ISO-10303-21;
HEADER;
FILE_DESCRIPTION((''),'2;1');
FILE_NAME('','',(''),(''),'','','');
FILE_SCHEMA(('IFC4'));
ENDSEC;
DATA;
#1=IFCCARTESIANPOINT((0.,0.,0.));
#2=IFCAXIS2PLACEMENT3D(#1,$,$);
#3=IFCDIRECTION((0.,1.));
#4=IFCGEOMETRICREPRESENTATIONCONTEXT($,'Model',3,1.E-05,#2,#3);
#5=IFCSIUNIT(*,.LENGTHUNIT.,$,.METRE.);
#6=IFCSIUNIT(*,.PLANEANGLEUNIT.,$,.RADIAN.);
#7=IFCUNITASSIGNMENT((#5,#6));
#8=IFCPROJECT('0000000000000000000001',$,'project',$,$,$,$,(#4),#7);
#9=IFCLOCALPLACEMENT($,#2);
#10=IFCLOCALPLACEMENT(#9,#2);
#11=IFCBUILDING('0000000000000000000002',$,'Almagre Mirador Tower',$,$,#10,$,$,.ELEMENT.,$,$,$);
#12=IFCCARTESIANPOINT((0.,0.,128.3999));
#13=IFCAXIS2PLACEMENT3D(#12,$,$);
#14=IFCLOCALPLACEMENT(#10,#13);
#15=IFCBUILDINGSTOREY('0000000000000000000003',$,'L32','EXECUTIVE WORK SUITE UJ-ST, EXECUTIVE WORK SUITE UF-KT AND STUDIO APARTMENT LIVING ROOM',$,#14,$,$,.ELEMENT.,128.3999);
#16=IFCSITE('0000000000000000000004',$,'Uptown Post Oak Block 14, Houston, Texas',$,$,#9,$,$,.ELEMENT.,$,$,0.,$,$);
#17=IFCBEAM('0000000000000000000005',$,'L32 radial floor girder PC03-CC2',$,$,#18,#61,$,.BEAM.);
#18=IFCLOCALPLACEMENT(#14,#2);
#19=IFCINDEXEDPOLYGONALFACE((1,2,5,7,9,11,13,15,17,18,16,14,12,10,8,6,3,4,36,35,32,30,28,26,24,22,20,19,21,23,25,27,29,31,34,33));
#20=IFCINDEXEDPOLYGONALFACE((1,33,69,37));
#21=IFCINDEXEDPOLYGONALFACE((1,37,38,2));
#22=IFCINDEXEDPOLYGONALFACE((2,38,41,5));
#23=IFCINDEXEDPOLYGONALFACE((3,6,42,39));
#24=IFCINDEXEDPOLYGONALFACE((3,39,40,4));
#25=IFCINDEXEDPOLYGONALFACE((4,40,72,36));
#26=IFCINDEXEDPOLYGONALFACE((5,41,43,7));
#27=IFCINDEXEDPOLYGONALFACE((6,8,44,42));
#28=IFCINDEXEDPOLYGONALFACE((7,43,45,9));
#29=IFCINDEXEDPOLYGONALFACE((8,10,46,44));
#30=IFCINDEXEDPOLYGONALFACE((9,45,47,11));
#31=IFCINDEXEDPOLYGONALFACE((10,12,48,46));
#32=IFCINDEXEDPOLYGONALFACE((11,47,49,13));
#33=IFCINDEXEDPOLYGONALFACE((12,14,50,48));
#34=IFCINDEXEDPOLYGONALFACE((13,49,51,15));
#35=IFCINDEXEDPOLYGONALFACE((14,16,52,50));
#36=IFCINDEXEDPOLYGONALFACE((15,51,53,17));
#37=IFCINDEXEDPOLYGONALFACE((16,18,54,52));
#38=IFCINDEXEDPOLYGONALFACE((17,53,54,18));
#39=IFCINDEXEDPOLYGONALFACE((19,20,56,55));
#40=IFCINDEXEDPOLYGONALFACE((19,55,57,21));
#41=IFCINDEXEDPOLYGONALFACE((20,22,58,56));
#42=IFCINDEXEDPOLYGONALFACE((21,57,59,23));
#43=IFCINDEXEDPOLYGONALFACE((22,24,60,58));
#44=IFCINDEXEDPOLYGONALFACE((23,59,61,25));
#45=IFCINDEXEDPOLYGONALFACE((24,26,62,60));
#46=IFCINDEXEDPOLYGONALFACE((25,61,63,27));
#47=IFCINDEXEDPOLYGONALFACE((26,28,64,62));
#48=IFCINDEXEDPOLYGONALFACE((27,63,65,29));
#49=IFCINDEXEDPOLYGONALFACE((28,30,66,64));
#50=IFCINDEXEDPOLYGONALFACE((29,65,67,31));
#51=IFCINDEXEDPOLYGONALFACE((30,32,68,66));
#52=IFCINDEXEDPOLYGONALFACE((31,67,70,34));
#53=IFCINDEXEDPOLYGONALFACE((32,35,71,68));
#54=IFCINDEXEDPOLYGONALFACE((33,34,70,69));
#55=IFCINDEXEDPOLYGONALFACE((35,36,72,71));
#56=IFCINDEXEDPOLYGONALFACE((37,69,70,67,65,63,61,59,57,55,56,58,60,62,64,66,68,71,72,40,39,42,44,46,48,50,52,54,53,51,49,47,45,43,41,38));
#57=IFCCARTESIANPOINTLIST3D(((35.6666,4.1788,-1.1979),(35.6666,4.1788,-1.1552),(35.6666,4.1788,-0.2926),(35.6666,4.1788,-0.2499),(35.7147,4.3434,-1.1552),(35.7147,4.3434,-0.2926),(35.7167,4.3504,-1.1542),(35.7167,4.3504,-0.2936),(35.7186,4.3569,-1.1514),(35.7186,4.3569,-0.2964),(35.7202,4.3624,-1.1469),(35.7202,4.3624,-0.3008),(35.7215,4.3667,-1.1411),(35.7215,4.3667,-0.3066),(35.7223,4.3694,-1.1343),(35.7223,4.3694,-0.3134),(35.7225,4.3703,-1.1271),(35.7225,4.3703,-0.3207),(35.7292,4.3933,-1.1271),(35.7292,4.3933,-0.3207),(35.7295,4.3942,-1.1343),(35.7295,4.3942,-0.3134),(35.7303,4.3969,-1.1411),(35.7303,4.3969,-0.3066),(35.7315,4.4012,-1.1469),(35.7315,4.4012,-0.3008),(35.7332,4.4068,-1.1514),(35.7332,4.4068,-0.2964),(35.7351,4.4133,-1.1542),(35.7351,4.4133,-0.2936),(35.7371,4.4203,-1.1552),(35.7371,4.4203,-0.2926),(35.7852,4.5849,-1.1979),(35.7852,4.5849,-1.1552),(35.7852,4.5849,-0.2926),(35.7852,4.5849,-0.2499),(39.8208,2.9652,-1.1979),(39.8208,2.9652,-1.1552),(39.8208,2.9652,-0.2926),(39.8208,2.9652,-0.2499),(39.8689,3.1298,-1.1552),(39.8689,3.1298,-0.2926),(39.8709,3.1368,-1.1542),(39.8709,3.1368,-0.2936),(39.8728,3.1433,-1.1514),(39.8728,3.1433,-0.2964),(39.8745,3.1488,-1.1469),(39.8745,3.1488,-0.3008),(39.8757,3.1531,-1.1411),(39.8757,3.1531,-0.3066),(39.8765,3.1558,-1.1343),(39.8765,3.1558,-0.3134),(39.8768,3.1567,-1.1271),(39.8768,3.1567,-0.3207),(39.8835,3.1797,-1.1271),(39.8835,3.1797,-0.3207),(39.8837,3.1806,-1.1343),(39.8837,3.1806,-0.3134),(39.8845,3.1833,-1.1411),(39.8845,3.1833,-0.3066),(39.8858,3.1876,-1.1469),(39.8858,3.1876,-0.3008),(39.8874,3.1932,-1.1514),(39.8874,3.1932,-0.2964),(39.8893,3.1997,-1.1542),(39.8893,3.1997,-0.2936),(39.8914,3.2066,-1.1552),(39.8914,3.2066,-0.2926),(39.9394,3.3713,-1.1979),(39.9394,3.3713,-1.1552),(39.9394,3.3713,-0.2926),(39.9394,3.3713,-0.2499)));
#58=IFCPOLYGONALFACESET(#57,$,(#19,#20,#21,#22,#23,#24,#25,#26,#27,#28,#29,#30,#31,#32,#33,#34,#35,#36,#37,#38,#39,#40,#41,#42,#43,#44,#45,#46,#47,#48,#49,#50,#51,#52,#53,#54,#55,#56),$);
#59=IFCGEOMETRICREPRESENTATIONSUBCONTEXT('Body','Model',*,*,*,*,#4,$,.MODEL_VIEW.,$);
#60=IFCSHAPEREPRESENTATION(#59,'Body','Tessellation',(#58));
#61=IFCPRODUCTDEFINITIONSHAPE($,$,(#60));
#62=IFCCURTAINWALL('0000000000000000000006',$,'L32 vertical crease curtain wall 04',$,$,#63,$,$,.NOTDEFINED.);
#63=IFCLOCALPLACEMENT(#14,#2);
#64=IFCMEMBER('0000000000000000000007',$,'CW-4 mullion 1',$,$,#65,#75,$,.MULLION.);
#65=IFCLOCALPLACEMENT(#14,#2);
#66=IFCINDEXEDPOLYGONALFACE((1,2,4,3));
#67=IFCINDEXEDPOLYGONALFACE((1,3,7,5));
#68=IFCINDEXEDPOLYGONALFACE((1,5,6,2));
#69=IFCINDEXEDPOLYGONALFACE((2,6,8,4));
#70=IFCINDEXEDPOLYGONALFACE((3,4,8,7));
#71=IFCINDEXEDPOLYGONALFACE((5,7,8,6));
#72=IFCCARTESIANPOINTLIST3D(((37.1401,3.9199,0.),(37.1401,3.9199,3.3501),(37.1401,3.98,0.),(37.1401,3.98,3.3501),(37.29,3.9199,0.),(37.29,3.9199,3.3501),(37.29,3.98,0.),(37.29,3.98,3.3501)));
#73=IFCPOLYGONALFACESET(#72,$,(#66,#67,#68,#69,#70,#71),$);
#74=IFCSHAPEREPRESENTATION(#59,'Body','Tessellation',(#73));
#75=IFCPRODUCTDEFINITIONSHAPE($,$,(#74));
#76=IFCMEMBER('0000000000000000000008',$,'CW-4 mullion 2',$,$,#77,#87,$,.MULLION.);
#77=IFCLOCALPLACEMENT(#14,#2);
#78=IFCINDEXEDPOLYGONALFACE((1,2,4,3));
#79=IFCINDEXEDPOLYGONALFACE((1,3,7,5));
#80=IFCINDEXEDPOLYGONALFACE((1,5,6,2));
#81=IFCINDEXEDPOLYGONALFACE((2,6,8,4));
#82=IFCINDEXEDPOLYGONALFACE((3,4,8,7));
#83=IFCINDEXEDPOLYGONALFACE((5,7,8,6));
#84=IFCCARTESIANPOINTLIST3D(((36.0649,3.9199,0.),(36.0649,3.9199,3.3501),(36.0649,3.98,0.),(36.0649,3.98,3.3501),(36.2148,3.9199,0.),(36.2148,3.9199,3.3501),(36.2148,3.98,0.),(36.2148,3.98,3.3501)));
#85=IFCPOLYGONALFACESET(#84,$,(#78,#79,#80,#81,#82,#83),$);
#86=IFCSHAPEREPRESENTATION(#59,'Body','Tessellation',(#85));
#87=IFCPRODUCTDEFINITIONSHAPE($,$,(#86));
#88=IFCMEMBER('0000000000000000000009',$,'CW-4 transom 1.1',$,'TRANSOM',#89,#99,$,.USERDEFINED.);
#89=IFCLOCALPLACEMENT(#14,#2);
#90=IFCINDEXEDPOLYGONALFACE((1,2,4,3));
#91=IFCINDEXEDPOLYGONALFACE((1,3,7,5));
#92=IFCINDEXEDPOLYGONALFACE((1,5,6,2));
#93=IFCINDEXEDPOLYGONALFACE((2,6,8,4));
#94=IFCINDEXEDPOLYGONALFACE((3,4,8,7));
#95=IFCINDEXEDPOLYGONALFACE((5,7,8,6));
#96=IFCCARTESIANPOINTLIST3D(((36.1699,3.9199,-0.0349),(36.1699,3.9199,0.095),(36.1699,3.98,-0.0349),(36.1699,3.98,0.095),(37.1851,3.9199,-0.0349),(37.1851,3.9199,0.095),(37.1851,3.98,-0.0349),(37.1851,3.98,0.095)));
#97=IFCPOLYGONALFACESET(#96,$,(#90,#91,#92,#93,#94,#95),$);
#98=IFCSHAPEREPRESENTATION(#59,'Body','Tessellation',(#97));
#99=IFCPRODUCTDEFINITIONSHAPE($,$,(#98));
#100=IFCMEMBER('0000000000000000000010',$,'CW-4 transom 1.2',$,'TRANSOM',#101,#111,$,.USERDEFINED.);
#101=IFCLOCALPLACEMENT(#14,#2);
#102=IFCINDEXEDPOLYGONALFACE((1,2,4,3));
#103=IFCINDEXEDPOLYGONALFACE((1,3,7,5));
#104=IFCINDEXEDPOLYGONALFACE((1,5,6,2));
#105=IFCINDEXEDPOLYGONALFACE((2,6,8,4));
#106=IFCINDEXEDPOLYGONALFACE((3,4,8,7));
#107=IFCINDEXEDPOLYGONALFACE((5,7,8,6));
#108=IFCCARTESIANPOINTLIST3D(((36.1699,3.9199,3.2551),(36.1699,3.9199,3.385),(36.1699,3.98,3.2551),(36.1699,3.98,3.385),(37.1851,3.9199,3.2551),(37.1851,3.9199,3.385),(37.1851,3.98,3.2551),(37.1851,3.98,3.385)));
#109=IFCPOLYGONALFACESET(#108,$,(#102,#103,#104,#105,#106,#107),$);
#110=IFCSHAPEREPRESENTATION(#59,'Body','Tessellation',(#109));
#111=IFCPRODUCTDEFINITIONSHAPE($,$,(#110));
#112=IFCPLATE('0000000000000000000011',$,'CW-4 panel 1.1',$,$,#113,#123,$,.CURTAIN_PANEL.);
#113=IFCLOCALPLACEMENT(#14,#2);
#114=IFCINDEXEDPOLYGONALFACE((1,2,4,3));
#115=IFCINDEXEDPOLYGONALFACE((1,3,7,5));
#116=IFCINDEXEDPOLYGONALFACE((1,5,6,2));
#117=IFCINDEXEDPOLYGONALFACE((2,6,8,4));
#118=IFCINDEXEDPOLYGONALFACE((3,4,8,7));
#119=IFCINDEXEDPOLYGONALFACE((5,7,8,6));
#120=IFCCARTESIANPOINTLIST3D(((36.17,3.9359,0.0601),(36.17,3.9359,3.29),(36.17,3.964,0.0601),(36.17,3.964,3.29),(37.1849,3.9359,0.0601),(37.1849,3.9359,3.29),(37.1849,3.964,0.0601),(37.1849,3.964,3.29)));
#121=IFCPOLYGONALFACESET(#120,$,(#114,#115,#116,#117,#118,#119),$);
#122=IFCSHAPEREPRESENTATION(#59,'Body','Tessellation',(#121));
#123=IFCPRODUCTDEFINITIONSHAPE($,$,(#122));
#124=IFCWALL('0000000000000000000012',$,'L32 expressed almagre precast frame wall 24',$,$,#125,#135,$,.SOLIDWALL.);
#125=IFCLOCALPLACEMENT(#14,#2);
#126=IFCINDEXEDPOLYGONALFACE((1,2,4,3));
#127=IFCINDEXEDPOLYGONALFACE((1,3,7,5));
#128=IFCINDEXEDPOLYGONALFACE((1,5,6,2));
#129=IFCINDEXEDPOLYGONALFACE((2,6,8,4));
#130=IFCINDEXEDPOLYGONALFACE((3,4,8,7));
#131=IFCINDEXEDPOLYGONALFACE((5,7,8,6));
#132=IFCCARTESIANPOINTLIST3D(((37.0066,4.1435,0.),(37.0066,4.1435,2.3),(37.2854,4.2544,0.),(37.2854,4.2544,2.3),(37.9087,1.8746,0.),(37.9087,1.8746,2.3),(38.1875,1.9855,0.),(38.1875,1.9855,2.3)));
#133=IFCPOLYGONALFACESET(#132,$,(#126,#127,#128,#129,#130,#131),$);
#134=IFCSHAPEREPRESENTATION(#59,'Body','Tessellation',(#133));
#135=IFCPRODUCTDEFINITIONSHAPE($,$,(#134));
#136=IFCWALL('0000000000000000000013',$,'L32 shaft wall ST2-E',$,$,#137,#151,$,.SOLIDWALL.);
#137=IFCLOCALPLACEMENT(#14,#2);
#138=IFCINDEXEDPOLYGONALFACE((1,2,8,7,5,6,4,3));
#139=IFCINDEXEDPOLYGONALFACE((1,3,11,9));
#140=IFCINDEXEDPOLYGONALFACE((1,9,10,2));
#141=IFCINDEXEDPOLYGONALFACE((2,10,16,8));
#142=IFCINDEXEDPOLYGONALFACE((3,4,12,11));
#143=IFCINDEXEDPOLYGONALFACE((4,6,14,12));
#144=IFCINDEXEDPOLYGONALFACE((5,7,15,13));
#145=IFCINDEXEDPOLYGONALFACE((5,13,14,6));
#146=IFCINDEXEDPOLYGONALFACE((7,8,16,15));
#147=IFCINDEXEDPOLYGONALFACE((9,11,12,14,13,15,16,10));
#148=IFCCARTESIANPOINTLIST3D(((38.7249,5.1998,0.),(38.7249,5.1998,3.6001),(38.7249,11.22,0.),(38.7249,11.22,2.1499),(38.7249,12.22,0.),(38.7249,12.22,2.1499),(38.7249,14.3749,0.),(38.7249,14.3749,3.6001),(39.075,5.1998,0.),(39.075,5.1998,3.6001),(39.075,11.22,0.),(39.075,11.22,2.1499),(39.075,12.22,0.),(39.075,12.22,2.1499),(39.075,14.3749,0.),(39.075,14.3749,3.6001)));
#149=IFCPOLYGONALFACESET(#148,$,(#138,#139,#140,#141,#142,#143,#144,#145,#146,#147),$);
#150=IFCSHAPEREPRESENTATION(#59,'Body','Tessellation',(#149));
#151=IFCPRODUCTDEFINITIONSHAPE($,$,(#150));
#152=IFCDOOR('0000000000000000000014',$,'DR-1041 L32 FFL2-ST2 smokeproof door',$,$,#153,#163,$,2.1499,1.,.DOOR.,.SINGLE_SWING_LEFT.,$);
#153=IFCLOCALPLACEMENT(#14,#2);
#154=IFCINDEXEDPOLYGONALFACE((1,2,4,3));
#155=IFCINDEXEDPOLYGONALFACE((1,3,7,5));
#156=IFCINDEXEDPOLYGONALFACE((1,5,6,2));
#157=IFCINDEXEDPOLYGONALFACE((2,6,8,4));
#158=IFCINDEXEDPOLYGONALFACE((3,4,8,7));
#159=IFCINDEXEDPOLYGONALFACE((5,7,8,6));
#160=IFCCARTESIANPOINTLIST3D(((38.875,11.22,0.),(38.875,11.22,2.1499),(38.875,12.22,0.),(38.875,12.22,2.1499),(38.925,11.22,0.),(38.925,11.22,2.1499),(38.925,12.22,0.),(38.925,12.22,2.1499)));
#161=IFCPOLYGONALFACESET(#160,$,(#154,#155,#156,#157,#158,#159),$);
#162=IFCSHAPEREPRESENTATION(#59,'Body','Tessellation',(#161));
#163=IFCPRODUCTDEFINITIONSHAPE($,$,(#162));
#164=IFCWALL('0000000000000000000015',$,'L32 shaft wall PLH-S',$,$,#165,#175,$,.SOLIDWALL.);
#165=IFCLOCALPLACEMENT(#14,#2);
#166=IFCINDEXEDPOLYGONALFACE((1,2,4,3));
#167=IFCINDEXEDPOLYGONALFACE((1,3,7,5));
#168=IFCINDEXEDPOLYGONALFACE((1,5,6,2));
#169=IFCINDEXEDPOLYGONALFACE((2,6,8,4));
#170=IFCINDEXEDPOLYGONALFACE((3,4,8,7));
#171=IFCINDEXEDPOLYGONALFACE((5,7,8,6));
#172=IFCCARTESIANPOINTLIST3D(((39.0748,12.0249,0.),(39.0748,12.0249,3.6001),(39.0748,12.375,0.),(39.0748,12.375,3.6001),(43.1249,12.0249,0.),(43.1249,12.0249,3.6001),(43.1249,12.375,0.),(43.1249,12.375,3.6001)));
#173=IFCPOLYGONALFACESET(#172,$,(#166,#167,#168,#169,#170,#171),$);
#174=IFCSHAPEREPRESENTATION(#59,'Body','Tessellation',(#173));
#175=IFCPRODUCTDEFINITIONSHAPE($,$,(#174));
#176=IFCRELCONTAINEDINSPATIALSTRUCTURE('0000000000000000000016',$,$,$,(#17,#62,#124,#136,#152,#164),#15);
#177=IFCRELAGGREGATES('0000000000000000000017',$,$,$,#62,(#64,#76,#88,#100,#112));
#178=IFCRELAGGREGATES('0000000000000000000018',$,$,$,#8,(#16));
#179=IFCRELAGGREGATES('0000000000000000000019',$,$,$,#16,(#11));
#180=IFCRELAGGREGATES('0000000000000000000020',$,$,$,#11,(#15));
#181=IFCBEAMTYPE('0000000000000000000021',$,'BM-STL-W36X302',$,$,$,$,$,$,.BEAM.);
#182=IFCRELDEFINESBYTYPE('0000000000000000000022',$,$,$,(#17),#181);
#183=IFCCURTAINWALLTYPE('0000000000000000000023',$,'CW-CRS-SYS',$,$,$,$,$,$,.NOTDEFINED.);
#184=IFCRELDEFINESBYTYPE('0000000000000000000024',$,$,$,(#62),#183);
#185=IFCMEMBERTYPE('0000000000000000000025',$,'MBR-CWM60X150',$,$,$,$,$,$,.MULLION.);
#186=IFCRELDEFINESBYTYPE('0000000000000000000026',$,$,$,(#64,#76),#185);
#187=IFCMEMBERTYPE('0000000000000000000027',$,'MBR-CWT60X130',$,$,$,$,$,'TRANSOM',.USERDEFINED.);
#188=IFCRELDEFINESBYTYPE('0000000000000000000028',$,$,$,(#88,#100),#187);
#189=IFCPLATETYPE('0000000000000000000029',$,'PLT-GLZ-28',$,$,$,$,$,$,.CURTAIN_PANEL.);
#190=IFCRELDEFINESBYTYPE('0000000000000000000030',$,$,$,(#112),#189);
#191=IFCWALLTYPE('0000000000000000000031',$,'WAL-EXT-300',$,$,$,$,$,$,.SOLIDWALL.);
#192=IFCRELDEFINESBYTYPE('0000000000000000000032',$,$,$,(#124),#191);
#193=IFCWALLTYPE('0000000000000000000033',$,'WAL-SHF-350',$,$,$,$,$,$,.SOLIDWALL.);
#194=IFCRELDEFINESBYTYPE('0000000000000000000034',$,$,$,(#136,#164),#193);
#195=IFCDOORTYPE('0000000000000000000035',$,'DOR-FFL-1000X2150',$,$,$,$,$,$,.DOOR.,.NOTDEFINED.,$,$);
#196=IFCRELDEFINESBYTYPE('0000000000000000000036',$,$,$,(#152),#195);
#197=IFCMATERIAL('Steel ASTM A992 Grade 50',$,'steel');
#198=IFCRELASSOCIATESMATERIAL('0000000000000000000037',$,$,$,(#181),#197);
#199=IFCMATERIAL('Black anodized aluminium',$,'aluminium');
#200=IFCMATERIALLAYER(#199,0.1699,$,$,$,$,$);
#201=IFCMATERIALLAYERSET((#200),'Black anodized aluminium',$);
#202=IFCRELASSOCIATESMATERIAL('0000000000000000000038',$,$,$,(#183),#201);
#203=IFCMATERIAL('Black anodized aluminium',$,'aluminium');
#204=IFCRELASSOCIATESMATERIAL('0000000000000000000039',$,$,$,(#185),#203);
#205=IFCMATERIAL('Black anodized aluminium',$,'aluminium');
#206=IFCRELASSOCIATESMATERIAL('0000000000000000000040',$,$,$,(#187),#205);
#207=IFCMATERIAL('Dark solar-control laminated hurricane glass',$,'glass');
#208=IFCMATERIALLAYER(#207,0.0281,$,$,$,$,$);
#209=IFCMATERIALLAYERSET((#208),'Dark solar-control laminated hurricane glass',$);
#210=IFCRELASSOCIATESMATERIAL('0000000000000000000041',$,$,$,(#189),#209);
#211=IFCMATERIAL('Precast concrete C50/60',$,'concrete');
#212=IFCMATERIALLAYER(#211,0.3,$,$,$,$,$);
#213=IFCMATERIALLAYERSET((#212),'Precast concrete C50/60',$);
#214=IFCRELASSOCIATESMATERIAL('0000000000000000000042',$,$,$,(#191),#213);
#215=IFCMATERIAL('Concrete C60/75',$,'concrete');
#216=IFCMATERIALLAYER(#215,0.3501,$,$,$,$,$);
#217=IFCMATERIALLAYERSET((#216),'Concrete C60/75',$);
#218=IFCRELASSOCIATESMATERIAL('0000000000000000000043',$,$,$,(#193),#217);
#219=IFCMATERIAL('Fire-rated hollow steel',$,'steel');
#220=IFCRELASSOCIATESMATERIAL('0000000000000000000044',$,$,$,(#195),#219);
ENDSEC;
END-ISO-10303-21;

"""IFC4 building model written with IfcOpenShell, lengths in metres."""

from ifc_helpers import new_model, si_unit, direction, frame, frame_2d, origin, origin_2d, place, context, subcontext, project, spatial, rectangle, i_section, extrude, material, layer, layer_set, material_profile, profile_set, type_object, element, fill, aggregate, save


model = new_model("IFC4")

# Units and contexts
model_context = context("Model", 3, precision=1e-05, world=origin(), true_north=direction((0.0, 1.0)))
body_context = subcontext(model_context, "Body", "Model", "MODEL_VIEW")
ifc_project = project(units=[si_unit("LENGTHUNIT", "METRE"), si_unit("PLANEANGLEUNIT", "RADIAN")], contexts=[model_context])

# Site, building, storey
site_placement = place(None, origin())
site = spatial("IfcSite", under=ifc_project, at=site_placement, Name="Uptown Post Oak Block 14, Houston, Texas", CompositionType="ELEMENT", RefElevation=0.0)
building_placement = place(site_placement, origin())
building = spatial("IfcBuilding", under=site, at=building_placement, Name="Almagre Mirador Tower", CompositionType="ELEMENT")
storey_placement = place(building_placement, frame((0.0, 0.0, 128.3999)))
storey = spatial("IfcBuildingStorey", under=building, at=storey_placement, Name="L32", Description="EXECUTIVE WORK SUITE UJ-ST, EXECUTIVE WORK SUITE UF-KT AND STUDIO APARTMENT LIVING ROOM", CompositionType="ELEMENT", Elevation=128.3999)

# Beam
ifc_material_1 = material(Name="Steel ASTM A992 Grade 50", Category="steel")
ifc_material_profile_1 = material_profile(ifc_material_1, i_section(OverallWidth=0.4231, OverallDepth=0.948, WebThickness=0.0239, FlangeThickness=0.0427, FilletRadius=0.0281, at=origin_2d()), Name="W36X302")
ifc_profile_set_1 = profile_set([ifc_material_profile_1], Name="Steel ASTM A992 Grade 50")
beam_type = type_object("IfcBeamType", Name="BM-STL-W36X302", PredefinedType="BEAM", material=ifc_profile_set_1)
beam_placement = place(storey_placement, frame((39.8801, 3.1682, -0.7239), z_axis=(-0.959879, 0.280416, 0.0), x_axis=(-0.280416, -0.959879, 0.0)))
element("IfcBeam", 1, at=beam_placement, inside=storey, type_object=beam_type, Name="L32 radial floor girder PC03-CC2", PredefinedType="BEAM", context=body_context, shape_type="SweptSolid", body=[
    extrude(i_section(OverallWidth=0.4231, OverallDepth=0.948, WebThickness=0.0239, FlangeThickness=0.0427, FilletRadius=0.0281, at=origin_2d()), origin(), (0.0, 0.0, 1.0), 4.3279),
])

# Curtain wall, members, plate
ifc_material_2 = material(Name="Black anodized aluminium", Category="aluminium")
ifc_layer_1 = layer(ifc_material_2, 0.1699)
ifc_layer_set_1 = layer_set([ifc_layer_1], Name="Black anodized aluminium")
curtain_wall_type = type_object("IfcCurtainWallType", Name="CW-CRS-SYS", PredefinedType="NOTDEFINED", material=ifc_layer_set_1)
curtain_wall_placement = place(storey_placement, origin())
curtain_wall = element("IfcCurtainWall", 2, at=curtain_wall_placement, inside=storey, type_object=curtain_wall_type, Name="L32 vertical crease curtain wall 04", PredefinedType="NOTDEFINED")
ifc_material_3 = material(Name="Black anodized aluminium", Category="aluminium")
ifc_material_profile_2 = material_profile(ifc_material_3, rectangle(XDim=0.0601, YDim=0.1499, at=origin_2d()), Name="CWM60X150")
ifc_profile_set_2 = profile_set([ifc_material_profile_2], Name="Black anodized aluminium")
member_type_1 = type_object("IfcMemberType", Name="MBR-CWM60X150", PredefinedType="MULLION", material=ifc_profile_set_2)
member_1_placement = place(storey_placement, frame((37.2151, 3.95, 0.0), z_axis=(0.0, 0.0, 1.0), x_axis=(0.0, -1.0, 0.0)))
member_1 = element("IfcMember", 3, at=member_1_placement, type_object=member_type_1, Name="CW-4 mullion 1", PredefinedType="MULLION", context=body_context, shape_type="SweptSolid", body=[
    extrude(rectangle(XDim=0.0601, YDim=0.1499, at=origin_2d()), origin(), (0.0, 0.0, 1.0), 3.3501),
])
member_2_placement = place(storey_placement, frame((36.1399, 3.95, 0.0), z_axis=(0.0, 0.0, 1.0), x_axis=(0.0, -1.0, 0.0)))
member_2 = element("IfcMember", 4, at=member_2_placement, type_object=member_type_1, Name="CW-4 mullion 2", PredefinedType="MULLION", context=body_context, shape_type="SweptSolid", body=[
    extrude(rectangle(XDim=0.0601, YDim=0.1499, at=origin_2d()), origin(), (0.0, 0.0, 1.0), 3.3501),
])
ifc_material_4 = material(Name="Black anodized aluminium", Category="aluminium")
ifc_material_profile_3 = material_profile(ifc_material_4, rectangle(XDim=0.0601, YDim=0.1299, at=origin_2d()), Name="CWT60X130")
ifc_profile_set_3 = profile_set([ifc_material_profile_3], Name="Black anodized aluminium")
member_type_2 = type_object("IfcMemberType", Name="MBR-CWT60X130", ElementType="TRANSOM", PredefinedType="USERDEFINED", material=ifc_profile_set_3)
member_3_placement = place(storey_placement, frame((37.1851, 3.95, 0.03), z_axis=(-1.0, 0.0, 0.0), x_axis=(0.0, -1.0, 0.0)))
member_3 = element("IfcMember", 5, at=member_3_placement, type_object=member_type_2, Name="CW-4 transom 1.1", ObjectType="TRANSOM", PredefinedType="USERDEFINED", context=body_context, shape_type="SweptSolid", body=[
    extrude(rectangle(XDim=0.0601, YDim=0.1299, at=origin_2d()), origin(), (0.0, 0.0, 1.0), 1.0151),
])
member_4_placement = place(storey_placement, frame((37.1851, 3.95, 3.3201), z_axis=(-1.0, 0.0, 0.0), x_axis=(0.0, -1.0, 0.0)))
member_4 = element("IfcMember", 6, at=member_4_placement, type_object=member_type_2, Name="CW-4 transom 1.2", ObjectType="TRANSOM", PredefinedType="USERDEFINED", context=body_context, shape_type="SweptSolid", body=[
    extrude(rectangle(XDim=0.0601, YDim=0.1299, at=origin_2d()), origin(), (0.0, 0.0, 1.0), 1.0151),
])
ifc_material_5 = material(Name="Dark solar-control laminated hurricane glass", Category="glass")
ifc_layer_2 = layer(ifc_material_5, 0.0281)
ifc_layer_set_2 = layer_set([ifc_layer_2], Name="Dark solar-control laminated hurricane glass")
plate_type = type_object("IfcPlateType", Name="PLT-GLZ-28", PredefinedType="CURTAIN_PANEL", material=ifc_layer_set_2)
plate_placement = place(storey_placement, frame((36.6775, 3.95, 0.0601), z_axis=(0.0, 0.0, 1.0), x_axis=(-1.0, 0.0, 0.0)))
plate = element("IfcPlate", 7, at=plate_placement, type_object=plate_type, Name="CW-4 panel 1.1", PredefinedType="CURTAIN_PANEL", context=body_context, shape_type="SweptSolid", body=[
    extrude(rectangle(XDim=1.0149, YDim=0.0281, at=origin_2d()), origin(), (0.0, 0.0, 1.0), 3.23),
])
aggregate(curtain_wall, [member_1, member_2, member_3, member_4, plate])

# Wall
ifc_material_6 = material(Name="Precast concrete C50/60", Category="concrete")
ifc_layer_3 = layer(ifc_material_6, 0.3)
ifc_layer_set_3 = layer_set([ifc_layer_3], Name="Precast concrete C50/60")
wall_type_1 = type_object("IfcWallType", Name="WAL-EXT-300", PredefinedType="SOLIDWALL", material=ifc_layer_set_3)
wall_1_placement = place(storey_placement, frame((38.0481, 1.9302, 0.0), z_axis=(0.0, 0.0, 1.0), x_axis=(-0.369476, 0.92924, 0.0)))
element("IfcWall", 8, at=wall_1_placement, inside=storey, type_object=wall_type_1, Name="L32 expressed almagre precast frame wall 24", PredefinedType="SOLIDWALL", context=body_context, shape_type="SweptSolid", body=[
    extrude(rectangle(XDim=2.4417, YDim=0.3, at=frame_2d((1.2207, 0.0))), origin(), (0.0, 0.0, 1.0), 2.3),
])

# Wall, opening, door
ifc_material_7 = material(Name="Concrete C60/75", Category="concrete")
ifc_layer_4 = layer(ifc_material_7, 0.3501)
ifc_layer_set_4 = layer_set([ifc_layer_4], Name="Concrete C60/75")
wall_type_2 = type_object("IfcWallType", Name="WAL-SHF-350", PredefinedType="SOLIDWALL", material=ifc_layer_set_4)
wall_2_placement = place(storey_placement, frame((38.8999, 5.2, 0.0), z_axis=(0.0, 0.0, 1.0), x_axis=(0.0, 1.0, 0.0)))
wall_2 = element("IfcWall", 9, at=wall_2_placement, inside=storey, type_object=wall_type_2, Name="L32 shaft wall ST2-E", PredefinedType="SOLIDWALL", context=body_context, shape_type="SweptSolid", body=[
    extrude(rectangle(XDim=9.175, YDim=0.3501, at=frame_2d((4.5874, 0.0))), origin(), (0.0, 0.0, 1.0), 3.6001),
])
opening_placement = place(wall_2_placement, frame((6.02, 0.0, 0.0)))
opening = element("IfcOpeningElement", 10, at=opening_placement, cuts=wall_2, PredefinedType="OPENING", context=body_context, shape_type="SweptSolid", body=[
    extrude(rectangle(XDim=1.0, YDim=2.1499, at=frame_2d((0.5, 1.075))), frame((0.0, 0.185, 0.0), z_axis=(0.0, -1.0, 0.0), x_axis=(1.0, 0.0, 0.0)), (0.0, 0.0, 1.0), 0.3701),
])
ifc_material_8 = material(Name="Fire-rated hollow steel", Category="steel")
door_type = type_object("IfcDoorType", Name="DOR-FFL-1000X2150", OperationType="NOTDEFINED", PredefinedType="DOOR", material=ifc_material_8)
door_placement = place(opening_placement, origin())
door = element("IfcDoor", 11, at=door_placement, inside=storey, type_object=door_type, Name="DR-1041 L32 FFL2-ST2 smokeproof door", OperationType="SINGLE_SWING_LEFT", OverallHeight=2.1499, OverallWidth=1.0, PredefinedType="DOOR", context=body_context, shape_type="SweptSolid", body=[
    extrude(rectangle(XDim=1.0, YDim=2.1499, at=frame_2d((0.5, 1.075))), frame((0.0, 0.0249, 0.0), z_axis=(0.0, -1.0, 0.0), x_axis=(1.0, 0.0, 0.0)), (0.0, 0.0, 1.0), 0.05),
])
fill(opening, door)

# Wall
wall_3_placement = place(storey_placement, frame((39.075, 12.2, 0.0), z_axis=(0.0, 0.0, 1.0), x_axis=(1.0, 0.0, 0.0)))
element("IfcWall", 12, at=wall_3_placement, inside=storey, type_object=wall_type_2, Name="L32 shaft wall PLH-S", PredefinedType="SOLIDWALL", context=body_context, shape_type="SweptSolid", body=[
    extrude(rectangle(XDim=4.05, YDim=0.3501, at=frame_2d((2.0249, 0.0))), origin(), (0.0, 0.0, 1.0), 3.6001),
])

save(model, "model.ifc")
